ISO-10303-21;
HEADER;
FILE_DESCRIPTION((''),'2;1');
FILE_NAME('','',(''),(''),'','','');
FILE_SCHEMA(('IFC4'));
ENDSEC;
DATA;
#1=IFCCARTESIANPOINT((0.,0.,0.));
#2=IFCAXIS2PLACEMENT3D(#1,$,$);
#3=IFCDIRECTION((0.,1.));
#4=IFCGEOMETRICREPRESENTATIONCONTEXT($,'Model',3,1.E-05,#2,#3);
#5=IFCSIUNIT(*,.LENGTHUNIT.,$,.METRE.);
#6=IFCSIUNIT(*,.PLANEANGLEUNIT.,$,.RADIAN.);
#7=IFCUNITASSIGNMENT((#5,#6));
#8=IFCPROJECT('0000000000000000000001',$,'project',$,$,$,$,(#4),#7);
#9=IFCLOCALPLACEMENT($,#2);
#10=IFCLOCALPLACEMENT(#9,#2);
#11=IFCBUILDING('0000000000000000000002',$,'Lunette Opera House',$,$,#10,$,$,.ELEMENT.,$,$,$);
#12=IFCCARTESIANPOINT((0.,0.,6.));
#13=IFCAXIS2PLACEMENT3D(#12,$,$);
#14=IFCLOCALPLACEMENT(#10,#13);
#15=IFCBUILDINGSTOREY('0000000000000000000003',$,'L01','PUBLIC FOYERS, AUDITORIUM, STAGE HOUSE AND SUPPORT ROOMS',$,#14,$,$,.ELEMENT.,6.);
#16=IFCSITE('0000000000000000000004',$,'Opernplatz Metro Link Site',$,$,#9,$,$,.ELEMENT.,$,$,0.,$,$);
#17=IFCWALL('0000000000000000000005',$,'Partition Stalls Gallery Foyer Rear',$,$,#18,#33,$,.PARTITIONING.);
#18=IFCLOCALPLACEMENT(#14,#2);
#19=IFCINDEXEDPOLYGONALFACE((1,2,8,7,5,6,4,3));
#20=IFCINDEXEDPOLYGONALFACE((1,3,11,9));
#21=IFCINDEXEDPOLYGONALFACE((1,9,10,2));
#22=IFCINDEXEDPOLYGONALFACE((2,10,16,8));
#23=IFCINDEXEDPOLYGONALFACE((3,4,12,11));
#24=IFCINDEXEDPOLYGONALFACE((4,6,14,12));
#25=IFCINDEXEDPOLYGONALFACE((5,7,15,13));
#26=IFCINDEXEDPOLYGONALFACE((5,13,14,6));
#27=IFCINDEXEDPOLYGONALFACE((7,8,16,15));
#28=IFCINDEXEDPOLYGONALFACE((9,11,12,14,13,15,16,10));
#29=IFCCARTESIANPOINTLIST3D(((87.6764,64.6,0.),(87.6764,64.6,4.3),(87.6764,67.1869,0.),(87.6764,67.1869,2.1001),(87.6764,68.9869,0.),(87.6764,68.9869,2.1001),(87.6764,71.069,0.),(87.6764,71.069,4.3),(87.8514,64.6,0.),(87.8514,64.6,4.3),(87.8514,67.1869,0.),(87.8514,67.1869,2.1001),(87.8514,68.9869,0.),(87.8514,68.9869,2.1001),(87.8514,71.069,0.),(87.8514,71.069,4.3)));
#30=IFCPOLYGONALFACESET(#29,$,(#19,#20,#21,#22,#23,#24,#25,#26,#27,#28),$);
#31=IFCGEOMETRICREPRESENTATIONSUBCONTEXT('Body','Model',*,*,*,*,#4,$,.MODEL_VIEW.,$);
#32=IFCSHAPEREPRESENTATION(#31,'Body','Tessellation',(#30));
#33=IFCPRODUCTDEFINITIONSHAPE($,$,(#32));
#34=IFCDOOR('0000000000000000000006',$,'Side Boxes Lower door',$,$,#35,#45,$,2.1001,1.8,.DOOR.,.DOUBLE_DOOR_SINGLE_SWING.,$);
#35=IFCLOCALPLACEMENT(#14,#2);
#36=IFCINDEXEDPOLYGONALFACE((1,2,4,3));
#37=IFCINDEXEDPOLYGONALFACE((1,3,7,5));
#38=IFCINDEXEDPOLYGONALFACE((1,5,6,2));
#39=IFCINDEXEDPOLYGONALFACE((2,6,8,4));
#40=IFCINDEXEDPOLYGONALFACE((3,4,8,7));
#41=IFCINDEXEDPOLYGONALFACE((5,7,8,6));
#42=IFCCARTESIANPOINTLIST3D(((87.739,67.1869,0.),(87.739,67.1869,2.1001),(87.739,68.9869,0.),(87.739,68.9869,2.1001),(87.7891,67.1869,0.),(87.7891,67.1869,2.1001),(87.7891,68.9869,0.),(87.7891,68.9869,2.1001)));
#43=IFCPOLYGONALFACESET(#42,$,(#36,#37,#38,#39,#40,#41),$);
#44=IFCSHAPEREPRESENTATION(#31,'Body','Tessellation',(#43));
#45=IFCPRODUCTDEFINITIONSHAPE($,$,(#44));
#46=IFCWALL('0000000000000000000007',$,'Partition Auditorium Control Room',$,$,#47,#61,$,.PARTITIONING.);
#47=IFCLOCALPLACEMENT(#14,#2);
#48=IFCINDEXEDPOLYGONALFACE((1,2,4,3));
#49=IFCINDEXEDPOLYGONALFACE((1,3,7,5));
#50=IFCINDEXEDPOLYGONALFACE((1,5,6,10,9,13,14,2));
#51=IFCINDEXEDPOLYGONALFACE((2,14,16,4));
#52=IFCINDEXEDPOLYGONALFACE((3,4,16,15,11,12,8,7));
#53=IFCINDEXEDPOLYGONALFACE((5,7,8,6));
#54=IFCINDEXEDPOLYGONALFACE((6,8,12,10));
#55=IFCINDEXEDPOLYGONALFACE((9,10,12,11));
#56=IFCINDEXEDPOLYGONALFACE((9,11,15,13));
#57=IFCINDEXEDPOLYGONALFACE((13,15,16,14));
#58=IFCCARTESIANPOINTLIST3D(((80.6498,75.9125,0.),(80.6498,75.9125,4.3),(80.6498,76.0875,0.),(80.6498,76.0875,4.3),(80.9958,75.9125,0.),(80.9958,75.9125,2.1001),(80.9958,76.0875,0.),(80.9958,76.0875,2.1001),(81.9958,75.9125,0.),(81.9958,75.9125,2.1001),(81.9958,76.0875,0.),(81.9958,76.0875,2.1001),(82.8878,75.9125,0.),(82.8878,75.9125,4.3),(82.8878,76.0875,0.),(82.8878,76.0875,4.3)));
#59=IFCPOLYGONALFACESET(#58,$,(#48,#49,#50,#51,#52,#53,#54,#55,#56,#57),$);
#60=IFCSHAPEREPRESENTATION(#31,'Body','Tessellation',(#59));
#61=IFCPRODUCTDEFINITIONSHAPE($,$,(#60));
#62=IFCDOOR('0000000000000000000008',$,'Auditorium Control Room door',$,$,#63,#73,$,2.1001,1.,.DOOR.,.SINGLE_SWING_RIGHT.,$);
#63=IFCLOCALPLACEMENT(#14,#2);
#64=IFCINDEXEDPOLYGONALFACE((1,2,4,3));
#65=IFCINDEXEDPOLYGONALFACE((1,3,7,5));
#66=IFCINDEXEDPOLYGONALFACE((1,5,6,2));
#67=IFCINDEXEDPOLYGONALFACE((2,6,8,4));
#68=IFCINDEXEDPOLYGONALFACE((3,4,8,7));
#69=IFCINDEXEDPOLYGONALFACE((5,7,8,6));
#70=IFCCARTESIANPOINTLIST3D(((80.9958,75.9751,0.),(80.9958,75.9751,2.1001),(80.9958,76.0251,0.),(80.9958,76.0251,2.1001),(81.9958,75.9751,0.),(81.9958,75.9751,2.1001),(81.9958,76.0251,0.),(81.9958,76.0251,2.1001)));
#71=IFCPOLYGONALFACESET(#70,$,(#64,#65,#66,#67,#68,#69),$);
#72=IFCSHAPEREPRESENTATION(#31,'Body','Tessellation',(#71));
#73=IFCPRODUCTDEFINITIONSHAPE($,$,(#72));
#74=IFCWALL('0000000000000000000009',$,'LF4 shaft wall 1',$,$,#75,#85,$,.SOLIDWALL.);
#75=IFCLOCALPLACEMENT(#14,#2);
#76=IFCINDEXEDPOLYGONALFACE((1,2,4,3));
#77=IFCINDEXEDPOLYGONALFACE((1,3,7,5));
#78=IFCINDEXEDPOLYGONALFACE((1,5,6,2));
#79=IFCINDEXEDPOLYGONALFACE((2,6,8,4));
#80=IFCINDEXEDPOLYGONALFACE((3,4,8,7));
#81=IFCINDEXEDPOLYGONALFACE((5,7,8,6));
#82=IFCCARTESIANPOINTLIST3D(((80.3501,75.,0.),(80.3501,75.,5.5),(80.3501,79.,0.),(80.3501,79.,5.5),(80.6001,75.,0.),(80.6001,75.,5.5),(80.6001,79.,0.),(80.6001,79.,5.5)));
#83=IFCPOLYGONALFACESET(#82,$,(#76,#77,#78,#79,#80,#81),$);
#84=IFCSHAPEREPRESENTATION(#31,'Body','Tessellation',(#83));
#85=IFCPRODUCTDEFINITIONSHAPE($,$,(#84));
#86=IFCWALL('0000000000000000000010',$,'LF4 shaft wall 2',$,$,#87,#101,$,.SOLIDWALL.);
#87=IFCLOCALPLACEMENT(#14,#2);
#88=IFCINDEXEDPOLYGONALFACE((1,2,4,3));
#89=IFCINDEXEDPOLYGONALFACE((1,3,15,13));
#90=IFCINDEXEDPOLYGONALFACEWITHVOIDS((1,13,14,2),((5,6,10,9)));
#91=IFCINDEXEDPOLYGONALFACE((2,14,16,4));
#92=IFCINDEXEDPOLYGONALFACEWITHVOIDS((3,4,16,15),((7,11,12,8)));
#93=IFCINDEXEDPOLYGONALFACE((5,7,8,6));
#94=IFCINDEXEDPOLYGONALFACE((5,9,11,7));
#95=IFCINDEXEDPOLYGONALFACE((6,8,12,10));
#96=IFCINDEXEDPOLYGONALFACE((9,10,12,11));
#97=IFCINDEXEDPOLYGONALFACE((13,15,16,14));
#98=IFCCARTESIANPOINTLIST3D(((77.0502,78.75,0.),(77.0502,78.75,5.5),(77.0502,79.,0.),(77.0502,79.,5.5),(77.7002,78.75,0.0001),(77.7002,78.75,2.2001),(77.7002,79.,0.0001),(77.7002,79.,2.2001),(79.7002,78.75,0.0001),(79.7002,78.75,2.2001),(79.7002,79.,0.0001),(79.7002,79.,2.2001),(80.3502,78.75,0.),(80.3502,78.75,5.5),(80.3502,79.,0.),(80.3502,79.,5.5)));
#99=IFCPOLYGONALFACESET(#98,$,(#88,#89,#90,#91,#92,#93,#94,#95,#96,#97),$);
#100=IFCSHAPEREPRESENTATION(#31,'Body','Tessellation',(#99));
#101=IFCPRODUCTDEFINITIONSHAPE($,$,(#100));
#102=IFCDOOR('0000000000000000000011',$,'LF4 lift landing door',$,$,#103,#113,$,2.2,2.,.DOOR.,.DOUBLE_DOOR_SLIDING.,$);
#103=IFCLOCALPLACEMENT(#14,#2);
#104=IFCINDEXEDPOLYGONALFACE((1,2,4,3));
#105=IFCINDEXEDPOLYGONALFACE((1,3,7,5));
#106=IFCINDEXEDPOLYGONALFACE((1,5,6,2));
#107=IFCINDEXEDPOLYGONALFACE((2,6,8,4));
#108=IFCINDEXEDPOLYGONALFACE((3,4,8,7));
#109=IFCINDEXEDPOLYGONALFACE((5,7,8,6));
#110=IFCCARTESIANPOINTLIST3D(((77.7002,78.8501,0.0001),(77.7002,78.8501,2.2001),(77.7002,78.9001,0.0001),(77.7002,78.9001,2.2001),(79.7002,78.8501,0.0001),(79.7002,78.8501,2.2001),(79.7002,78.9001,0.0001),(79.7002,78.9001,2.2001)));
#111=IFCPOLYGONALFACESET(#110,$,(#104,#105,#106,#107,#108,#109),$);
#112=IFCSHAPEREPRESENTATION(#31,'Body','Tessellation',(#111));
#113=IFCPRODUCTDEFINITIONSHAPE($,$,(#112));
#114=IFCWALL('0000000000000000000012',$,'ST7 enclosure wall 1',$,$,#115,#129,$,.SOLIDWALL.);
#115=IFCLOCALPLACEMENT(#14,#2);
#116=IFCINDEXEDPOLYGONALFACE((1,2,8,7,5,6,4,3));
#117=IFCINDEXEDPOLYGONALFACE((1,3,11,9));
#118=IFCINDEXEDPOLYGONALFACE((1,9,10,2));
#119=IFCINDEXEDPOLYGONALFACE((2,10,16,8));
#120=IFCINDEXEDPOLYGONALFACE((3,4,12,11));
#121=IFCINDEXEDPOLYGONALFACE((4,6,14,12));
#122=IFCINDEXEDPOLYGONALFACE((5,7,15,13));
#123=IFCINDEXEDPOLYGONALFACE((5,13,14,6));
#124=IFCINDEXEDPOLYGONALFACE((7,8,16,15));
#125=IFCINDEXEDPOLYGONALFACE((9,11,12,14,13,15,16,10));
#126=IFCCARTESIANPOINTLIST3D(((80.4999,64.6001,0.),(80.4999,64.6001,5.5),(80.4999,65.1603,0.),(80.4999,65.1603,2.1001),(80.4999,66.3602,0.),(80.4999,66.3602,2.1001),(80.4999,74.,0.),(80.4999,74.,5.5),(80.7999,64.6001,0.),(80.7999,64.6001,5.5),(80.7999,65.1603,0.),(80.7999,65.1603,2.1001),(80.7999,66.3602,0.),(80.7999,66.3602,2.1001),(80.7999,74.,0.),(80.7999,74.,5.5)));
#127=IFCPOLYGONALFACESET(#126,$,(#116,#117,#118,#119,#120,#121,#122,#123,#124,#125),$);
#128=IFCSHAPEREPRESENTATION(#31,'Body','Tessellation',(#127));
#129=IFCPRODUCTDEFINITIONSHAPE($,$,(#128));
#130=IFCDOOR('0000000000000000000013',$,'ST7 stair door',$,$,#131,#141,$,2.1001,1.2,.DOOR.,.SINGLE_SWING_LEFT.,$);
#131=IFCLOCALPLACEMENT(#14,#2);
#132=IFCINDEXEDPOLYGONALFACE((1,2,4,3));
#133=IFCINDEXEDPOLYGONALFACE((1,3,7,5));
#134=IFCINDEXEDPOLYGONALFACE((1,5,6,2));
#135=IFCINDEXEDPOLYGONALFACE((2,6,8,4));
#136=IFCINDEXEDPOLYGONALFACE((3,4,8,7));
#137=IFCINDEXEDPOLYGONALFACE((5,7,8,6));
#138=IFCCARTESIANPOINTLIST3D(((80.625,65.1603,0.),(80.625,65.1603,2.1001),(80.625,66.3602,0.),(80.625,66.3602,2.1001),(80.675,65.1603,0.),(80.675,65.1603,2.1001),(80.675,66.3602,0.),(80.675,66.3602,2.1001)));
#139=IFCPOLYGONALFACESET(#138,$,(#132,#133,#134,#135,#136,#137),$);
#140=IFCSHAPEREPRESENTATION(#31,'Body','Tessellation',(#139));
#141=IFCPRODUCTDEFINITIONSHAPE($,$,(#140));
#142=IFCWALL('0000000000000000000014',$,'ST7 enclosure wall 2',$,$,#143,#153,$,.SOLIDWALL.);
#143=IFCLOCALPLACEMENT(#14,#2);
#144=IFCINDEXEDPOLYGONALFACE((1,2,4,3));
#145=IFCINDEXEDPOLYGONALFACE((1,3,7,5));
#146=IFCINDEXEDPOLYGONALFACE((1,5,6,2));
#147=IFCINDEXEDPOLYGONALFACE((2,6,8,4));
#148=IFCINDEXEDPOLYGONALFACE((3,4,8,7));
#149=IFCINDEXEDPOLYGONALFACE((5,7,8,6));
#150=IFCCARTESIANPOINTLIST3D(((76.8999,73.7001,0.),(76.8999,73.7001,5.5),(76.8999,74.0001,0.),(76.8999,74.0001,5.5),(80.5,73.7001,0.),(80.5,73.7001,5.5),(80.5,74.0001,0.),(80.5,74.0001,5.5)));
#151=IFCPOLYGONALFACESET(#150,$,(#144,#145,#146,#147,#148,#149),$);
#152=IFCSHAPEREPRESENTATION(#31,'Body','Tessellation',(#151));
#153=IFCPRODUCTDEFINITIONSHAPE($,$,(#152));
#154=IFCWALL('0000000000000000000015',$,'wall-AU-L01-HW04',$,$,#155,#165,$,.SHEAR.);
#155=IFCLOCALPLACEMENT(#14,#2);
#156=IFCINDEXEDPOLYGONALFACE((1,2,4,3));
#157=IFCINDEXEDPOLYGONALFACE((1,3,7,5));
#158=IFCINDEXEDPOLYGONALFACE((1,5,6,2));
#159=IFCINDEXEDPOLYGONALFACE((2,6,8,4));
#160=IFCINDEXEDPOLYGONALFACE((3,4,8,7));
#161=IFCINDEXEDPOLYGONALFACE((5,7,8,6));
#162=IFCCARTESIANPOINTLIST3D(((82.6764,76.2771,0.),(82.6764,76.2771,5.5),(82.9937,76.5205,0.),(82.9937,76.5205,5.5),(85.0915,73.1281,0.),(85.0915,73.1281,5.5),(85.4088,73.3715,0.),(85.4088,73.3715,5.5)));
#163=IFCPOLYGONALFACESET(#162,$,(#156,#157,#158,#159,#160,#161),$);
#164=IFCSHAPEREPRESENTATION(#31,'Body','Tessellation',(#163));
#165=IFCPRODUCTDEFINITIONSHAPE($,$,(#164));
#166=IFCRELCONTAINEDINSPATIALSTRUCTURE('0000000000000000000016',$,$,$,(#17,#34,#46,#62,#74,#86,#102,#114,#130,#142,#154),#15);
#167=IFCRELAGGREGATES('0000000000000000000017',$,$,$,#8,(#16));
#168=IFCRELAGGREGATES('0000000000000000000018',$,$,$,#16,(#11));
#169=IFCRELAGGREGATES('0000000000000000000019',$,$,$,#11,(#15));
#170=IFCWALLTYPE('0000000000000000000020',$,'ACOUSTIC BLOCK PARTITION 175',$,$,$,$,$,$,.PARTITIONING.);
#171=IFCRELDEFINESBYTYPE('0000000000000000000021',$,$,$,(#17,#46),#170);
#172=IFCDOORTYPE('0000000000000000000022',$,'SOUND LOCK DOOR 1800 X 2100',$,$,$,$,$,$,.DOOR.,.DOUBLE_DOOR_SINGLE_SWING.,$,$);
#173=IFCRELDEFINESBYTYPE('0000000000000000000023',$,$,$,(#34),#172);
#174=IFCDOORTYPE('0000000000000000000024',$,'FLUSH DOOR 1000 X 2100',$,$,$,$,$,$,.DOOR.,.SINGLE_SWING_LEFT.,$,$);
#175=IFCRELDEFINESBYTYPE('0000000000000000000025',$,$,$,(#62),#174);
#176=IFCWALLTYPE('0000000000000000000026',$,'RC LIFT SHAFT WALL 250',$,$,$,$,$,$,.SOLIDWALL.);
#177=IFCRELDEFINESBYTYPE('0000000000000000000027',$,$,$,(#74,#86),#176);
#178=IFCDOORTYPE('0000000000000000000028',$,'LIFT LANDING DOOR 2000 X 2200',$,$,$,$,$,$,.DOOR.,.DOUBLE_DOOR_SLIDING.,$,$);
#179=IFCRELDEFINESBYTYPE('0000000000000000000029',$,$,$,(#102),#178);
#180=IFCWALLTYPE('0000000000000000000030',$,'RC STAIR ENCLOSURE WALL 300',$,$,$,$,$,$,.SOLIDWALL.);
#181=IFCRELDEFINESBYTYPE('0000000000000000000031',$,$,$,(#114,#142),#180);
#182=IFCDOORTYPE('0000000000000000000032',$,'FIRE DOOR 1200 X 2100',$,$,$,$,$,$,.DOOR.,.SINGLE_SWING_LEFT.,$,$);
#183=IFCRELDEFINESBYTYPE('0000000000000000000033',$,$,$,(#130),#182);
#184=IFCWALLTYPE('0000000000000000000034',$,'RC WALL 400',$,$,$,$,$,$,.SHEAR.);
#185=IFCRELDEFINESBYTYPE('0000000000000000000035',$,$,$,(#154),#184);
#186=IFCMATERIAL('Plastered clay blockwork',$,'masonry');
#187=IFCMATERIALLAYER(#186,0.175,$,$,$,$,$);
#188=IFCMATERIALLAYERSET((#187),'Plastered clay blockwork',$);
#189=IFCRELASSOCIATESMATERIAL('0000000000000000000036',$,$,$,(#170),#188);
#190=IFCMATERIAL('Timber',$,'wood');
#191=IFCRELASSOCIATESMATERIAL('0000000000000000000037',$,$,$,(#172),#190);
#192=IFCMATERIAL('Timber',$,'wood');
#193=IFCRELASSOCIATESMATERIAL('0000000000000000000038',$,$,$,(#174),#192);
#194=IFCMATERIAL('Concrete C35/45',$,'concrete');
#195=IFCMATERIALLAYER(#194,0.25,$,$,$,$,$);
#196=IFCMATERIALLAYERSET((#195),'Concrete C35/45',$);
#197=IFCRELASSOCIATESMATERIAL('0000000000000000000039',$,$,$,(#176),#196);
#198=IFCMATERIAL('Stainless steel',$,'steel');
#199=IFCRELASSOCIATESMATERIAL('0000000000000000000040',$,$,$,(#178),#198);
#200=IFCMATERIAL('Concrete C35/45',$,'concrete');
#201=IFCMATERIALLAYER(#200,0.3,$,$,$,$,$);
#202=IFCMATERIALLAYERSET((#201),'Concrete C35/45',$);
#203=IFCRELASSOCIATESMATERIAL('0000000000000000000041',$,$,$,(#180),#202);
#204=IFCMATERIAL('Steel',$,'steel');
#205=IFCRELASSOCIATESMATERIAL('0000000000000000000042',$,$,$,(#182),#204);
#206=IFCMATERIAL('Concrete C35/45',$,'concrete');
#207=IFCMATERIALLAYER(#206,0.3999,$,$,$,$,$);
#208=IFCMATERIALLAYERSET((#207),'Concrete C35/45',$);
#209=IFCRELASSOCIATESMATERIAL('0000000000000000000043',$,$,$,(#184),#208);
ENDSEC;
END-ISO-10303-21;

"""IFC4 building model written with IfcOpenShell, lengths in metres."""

from ifc_helpers import new_model, si_unit, direction, frame, frame_2d, origin, place, context, subcontext, project, spatial, rectangle, extrude, material, layer, layer_set, type_object, element, fill, save


model = new_model("IFC4")

# Units and contexts
model_context = context("Model", 3, precision=1e-05, world=origin(), true_north=direction((0.0, 1.0)))
body_context = subcontext(model_context, "Body", "Model", "MODEL_VIEW")
ifc_project = project(units=[si_unit("LENGTHUNIT", "METRE"), si_unit("PLANEANGLEUNIT", "RADIAN")], contexts=[model_context])

# Site, building, storey
site_placement = place(None, origin())
site = spatial("IfcSite", under=ifc_project, at=site_placement, Name="Opernplatz Metro Link Site", CompositionType="ELEMENT", RefElevation=0.0)
building_placement = place(site_placement, origin())
building = spatial("IfcBuilding", under=site, at=building_placement, Name="Lunette Opera House", CompositionType="ELEMENT")
storey_placement = place(building_placement, frame((0.0, 0.0, 6.0)))
storey = spatial("IfcBuildingStorey", under=building, at=storey_placement, Name="L01", Description="PUBLIC FOYERS, AUDITORIUM, STAGE HOUSE AND SUPPORT ROOMS", CompositionType="ELEMENT", Elevation=6.0)

# Shared definitions
ifc_material_1 = material(Name="Plastered clay blockwork", Category="masonry")
ifc_layer_1 = layer(ifc_material_1, 0.175)
ifc_layer_set_1 = layer_set([ifc_layer_1], Name="Plastered clay blockwork")
wall_type_1 = type_object("IfcWallType", Name="ACOUSTIC BLOCK PARTITION 175", PredefinedType="PARTITIONING", material=ifc_layer_set_1)

# Walls, openings, doors
wall_1_placement = place(storey_placement, frame((87.7639, 64.6001, 0.0), z_axis=(0.0, 0.0, 1.0), x_axis=(0.0, 1.0, 0.0)))
wall_1 = element("IfcWall", 1, at=wall_1_placement, inside=storey, type_object=wall_type_1, Name="Partition Stalls Gallery Foyer Rear", PredefinedType="PARTITIONING", context=body_context, shape_type="SweptSolid", body=[
    extrude(rectangle(XDim=6.469, YDim=0.175, at=frame_2d((3.2344, 0.0))), origin(), (0.0, 0.0, 1.0), 4.3),
])
opening_1_placement = place(wall_1_placement, frame((2.5869, 0.0, 0.0)))
opening_1 = element("IfcOpeningElement", 2, at=opening_1_placement, cuts=wall_1, PredefinedType="OPENING", context=body_context, shape_type="SweptSolid", body=[
    extrude(rectangle(XDim=1.8, YDim=2.1001, at=frame_2d((0.8999, 1.05))), frame((0.0, 0.0996, 0.0), z_axis=(0.0, -1.0, 0.0), x_axis=(1.0, 0.0, 0.0)), (0.0, 0.0, 1.0), 0.199),
])
ifc_material_2 = material(Name="Timber", Category="wood")
door_type_1 = type_object("IfcDoorType", Name="SOUND LOCK DOOR 1800 X 2100", OperationType="DOUBLE_DOOR_SINGLE_SWING", PredefinedType="DOOR", material=ifc_material_2)
door_1_placement = place(opening_1_placement, origin())
door_1 = element("IfcDoor", 3, at=door_1_placement, inside=storey, type_object=door_type_1, Name="Side Boxes Lower door", OperationType="DOUBLE_DOOR_SINGLE_SWING", OverallHeight=2.1001, OverallWidth=1.8, PredefinedType="DOOR", context=body_context, shape_type="SweptSolid", body=[
    extrude(rectangle(XDim=1.8, YDim=2.1001, at=frame_2d((0.8999, 1.05))), frame((0.0, 0.0249, 0.0), z_axis=(0.0, -1.0, 0.0), x_axis=(1.0, 0.0, 0.0)), (0.0, 0.0, 1.0), 0.05),
])
fill(opening_1, door_1)
wall_2_placement = place(storey_placement, frame((82.8879, 76.0, 0.0), z_axis=(0.0, 0.0, 1.0), x_axis=(-1.0, 0.0, 0.0)))
wall_2 = element("IfcWall", 4, at=wall_2_placement, inside=storey, type_object=wall_type_1, Name="Partition Auditorium Control Room", PredefinedType="PARTITIONING", context=body_context, shape_type="SweptSolid", body=[
    extrude(rectangle(XDim=2.238, YDim=0.175, at=frame_2d((1.1191, 0.0))), origin(), (0.0, 0.0, 1.0), 4.3),
])
opening_2_placement = place(wall_2_placement, frame((0.8921, 0.0, 0.0)))
opening_2 = element("IfcOpeningElement", 5, at=opening_2_placement, cuts=wall_2, PredefinedType="OPENING", context=body_context, shape_type="SweptSolid", body=[
    extrude(rectangle(XDim=1.0, YDim=2.1001, at=frame_2d((0.5, 1.05))), frame((0.0, 0.0996, 0.0), z_axis=(0.0, -1.0, 0.0), x_axis=(1.0, 0.0, 0.0)), (0.0, 0.0, 1.0), 0.199),
])
ifc_material_3 = material(Name="Timber", Category="wood")
door_type_2 = type_object("IfcDoorType", Name="FLUSH DOOR 1000 X 2100", OperationType="SINGLE_SWING_LEFT", PredefinedType="DOOR", material=ifc_material_3)
door_2_placement = place(opening_2_placement, origin())
door_2 = element("IfcDoor", 6, at=door_2_placement, inside=storey, type_object=door_type_2, Name="Auditorium Control Room door", OperationType="SINGLE_SWING_RIGHT", OverallHeight=2.1001, OverallWidth=1.0, PredefinedType="DOOR", context=body_context, shape_type="SweptSolid", body=[
    extrude(rectangle(XDim=1.0, YDim=2.1001, at=frame_2d((0.5, 1.05))), frame((0.0, 0.0249, 0.0), z_axis=(0.0, -1.0, 0.0), x_axis=(1.0, 0.0, 0.0)), (0.0, 0.0, 1.0), 0.05),
])
fill(opening_2, door_2)

# Wall
ifc_material_4 = material(Name="Concrete C35/45", Category="concrete")
ifc_layer_2 = layer(ifc_material_4, 0.25)
ifc_layer_set_2 = layer_set([ifc_layer_2], Name="Concrete C35/45")
wall_type_2 = type_object("IfcWallType", Name="RC LIFT SHAFT WALL 250", PredefinedType="SOLIDWALL", material=ifc_layer_set_2)
wall_3_placement = place(storey_placement, frame((80.4751, 75.0, 0.0), z_axis=(0.0, 0.0, 1.0), x_axis=(0.0, 1.0, 0.0)))
element("IfcWall", 7, at=wall_3_placement, inside=storey, type_object=wall_type_2, Name="LF4 shaft wall 1", PredefinedType="SOLIDWALL", context=body_context, shape_type="SweptSolid", body=[
    extrude(rectangle(XDim=4.0, YDim=0.25, at=frame_2d((2.0, 0.0))), origin(), (0.0, 0.0, 1.0), 5.5),
])

# Walls, openings, doors
wall_4_placement = place(storey_placement, frame((80.3501, 78.875, 0.0), z_axis=(0.0, 0.0, 1.0), x_axis=(-1.0, 0.0, 0.0)))
wall_4 = element("IfcWall", 8, at=wall_4_placement, inside=storey, type_object=wall_type_2, Name="LF4 shaft wall 2", PredefinedType="SOLIDWALL", context=body_context, shape_type="SweptSolid", body=[
    extrude(rectangle(XDim=3.3, YDim=0.25, at=frame_2d((1.6499, 0.0))), origin(), (0.0, 0.0, 1.0), 5.5),
])
opening_3_placement = place(wall_4_placement, frame((0.6499, 0.0, 0.0)))
opening_3 = element("IfcOpeningElement", 9, at=opening_3_placement, cuts=wall_4, PredefinedType="OPENING", context=body_context, shape_type="SweptSolid", body=[
    extrude(rectangle(XDim=2.0, YDim=2.2, at=frame_2d((1.0, 1.1001))), frame((0.0, 0.137, 0.0), z_axis=(0.0, -1.0, 0.0), x_axis=(1.0, 0.0, 0.0)), (0.0, 0.0, 1.0), 0.2739),
])
ifc_material_5 = material(Name="Stainless steel", Category="steel")
door_type_3 = type_object("IfcDoorType", Name="LIFT LANDING DOOR 2000 X 2200", OperationType="DOUBLE_DOOR_SLIDING", PredefinedType="DOOR", material=ifc_material_5)
door_3_placement = place(opening_3_placement, origin())
door_3 = element("IfcDoor", 10, at=door_3_placement, inside=storey, type_object=door_type_3, Name="LF4 lift landing door", OperationType="DOUBLE_DOOR_SLIDING", OverallHeight=2.2, OverallWidth=2.0, PredefinedType="DOOR", context=body_context, shape_type="SweptSolid", body=[
    extrude(rectangle(XDim=2.0, YDim=2.2, at=frame_2d((1.0, 1.1001))), frame((0.0, 0.0249, 0.0), z_axis=(0.0, -1.0, 0.0), x_axis=(1.0, 0.0, 0.0)), (0.0, 0.0, 1.0), 0.05),
])
fill(opening_3, door_3)
ifc_material_6 = material(Name="Concrete C35/45", Category="concrete")
ifc_layer_3 = layer(ifc_material_6, 0.3)
ifc_layer_set_3 = layer_set([ifc_layer_3], Name="Concrete C35/45")
wall_type_3 = type_object("IfcWallType", Name="RC STAIR ENCLOSURE WALL 300", PredefinedType="SOLIDWALL", material=ifc_layer_set_3)
wall_5_placement = place(storey_placement, frame((80.6499, 64.6001, 0.0), z_axis=(0.0, 0.0, 1.0), x_axis=(0.0, 1.0, 0.0)))
wall_5 = element("IfcWall", 11, at=wall_5_placement, inside=storey, type_object=wall_type_3, Name="ST7 enclosure wall 1", PredefinedType="SOLIDWALL", context=body_context, shape_type="SweptSolid", body=[
    extrude(rectangle(XDim=9.3999, YDim=0.3, at=frame_2d((4.7, 0.0))), origin(), (0.0, 0.0, 1.0), 5.5),
])
opening_4_placement = place(wall_5_placement, frame((0.5601, 0.0, 0.0)))
opening_4 = element("IfcOpeningElement", 12, at=opening_4_placement, cuts=wall_5, PredefinedType="OPENING", context=body_context, shape_type="SweptSolid", body=[
    extrude(rectangle(XDim=1.2, YDim=2.1001, at=frame_2d((0.6001, 1.05))), frame((0.0, 0.1621, 0.0), z_axis=(0.0, -1.0, 0.0), x_axis=(1.0, 0.0, 0.0)), (0.0, 0.0, 1.0), 0.324),
])
ifc_material_7 = material(Name="Steel", Category="steel")
door_type_4 = type_object("IfcDoorType", Name="FIRE DOOR 1200 X 2100", OperationType="SINGLE_SWING_LEFT", PredefinedType="DOOR", material=ifc_material_7)
door_4_placement = place(opening_4_placement, origin())
door_4 = element("IfcDoor", 13, at=door_4_placement, inside=storey, type_object=door_type_4, Name="ST7 stair door", OperationType="SINGLE_SWING_LEFT", OverallHeight=2.1001, OverallWidth=1.2, PredefinedType="DOOR", context=body_context, shape_type="SweptSolid", body=[
    extrude(rectangle(XDim=1.2, YDim=2.1001, at=frame_2d((0.6001, 1.05))), frame((0.0, 0.0249, 0.0), z_axis=(0.0, -1.0, 0.0), x_axis=(1.0, 0.0, 0.0)), (0.0, 0.0, 1.0), 0.05),
])
fill(opening_4, door_4)

# Walls
wall_6_placement = place(storey_placement, frame((80.5, 73.8501, 0.0), z_axis=(0.0, 0.0, 1.0), x_axis=(-1.0, 0.0, 0.0)))
element("IfcWall", 14, at=wall_6_placement, inside=storey, type_object=wall_type_3, Name="ST7 enclosure wall 2", PredefinedType="SOLIDWALL", context=body_context, shape_type="SweptSolid", body=[
    extrude(rectangle(XDim=3.6001, YDim=0.3, at=frame_2d((1.8, 0.0))), origin(), (0.0, 0.0, 1.0), 5.5),
])
ifc_material_8 = material(Name="Concrete C35/45", Category="concrete")
ifc_layer_4 = layer(ifc_material_8, 0.3999)
ifc_layer_set_4 = layer_set([ifc_layer_4], Name="Concrete C35/45")
wall_type_4 = type_object("IfcWallType", Name="RC WALL 400", PredefinedType="SHEAR", material=ifc_layer_set_4)
for number, where, z_axis, x_axis, name in (
    (15, (82.835, 76.3989, 0.0), (0.0, 0.0, 1.0), (0.608568, -0.793501, 0.0), "wall-AU-L01-HW04"),
):
    element("IfcWall", number, at=place(storey_placement, frame(where, z_axis=z_axis, x_axis=x_axis)), inside=storey, type_object=wall_type_4, Name=name, PredefinedType="SHEAR", context=body_context, shape_type="SweptSolid", body=[
        extrude(rectangle(XDim=3.9685, YDim=0.3999, at=frame_2d((1.9844, 0.0))), origin(), (0.0, 0.0, 1.0), 5.5),
    ])

save(model, "model.ifc")
